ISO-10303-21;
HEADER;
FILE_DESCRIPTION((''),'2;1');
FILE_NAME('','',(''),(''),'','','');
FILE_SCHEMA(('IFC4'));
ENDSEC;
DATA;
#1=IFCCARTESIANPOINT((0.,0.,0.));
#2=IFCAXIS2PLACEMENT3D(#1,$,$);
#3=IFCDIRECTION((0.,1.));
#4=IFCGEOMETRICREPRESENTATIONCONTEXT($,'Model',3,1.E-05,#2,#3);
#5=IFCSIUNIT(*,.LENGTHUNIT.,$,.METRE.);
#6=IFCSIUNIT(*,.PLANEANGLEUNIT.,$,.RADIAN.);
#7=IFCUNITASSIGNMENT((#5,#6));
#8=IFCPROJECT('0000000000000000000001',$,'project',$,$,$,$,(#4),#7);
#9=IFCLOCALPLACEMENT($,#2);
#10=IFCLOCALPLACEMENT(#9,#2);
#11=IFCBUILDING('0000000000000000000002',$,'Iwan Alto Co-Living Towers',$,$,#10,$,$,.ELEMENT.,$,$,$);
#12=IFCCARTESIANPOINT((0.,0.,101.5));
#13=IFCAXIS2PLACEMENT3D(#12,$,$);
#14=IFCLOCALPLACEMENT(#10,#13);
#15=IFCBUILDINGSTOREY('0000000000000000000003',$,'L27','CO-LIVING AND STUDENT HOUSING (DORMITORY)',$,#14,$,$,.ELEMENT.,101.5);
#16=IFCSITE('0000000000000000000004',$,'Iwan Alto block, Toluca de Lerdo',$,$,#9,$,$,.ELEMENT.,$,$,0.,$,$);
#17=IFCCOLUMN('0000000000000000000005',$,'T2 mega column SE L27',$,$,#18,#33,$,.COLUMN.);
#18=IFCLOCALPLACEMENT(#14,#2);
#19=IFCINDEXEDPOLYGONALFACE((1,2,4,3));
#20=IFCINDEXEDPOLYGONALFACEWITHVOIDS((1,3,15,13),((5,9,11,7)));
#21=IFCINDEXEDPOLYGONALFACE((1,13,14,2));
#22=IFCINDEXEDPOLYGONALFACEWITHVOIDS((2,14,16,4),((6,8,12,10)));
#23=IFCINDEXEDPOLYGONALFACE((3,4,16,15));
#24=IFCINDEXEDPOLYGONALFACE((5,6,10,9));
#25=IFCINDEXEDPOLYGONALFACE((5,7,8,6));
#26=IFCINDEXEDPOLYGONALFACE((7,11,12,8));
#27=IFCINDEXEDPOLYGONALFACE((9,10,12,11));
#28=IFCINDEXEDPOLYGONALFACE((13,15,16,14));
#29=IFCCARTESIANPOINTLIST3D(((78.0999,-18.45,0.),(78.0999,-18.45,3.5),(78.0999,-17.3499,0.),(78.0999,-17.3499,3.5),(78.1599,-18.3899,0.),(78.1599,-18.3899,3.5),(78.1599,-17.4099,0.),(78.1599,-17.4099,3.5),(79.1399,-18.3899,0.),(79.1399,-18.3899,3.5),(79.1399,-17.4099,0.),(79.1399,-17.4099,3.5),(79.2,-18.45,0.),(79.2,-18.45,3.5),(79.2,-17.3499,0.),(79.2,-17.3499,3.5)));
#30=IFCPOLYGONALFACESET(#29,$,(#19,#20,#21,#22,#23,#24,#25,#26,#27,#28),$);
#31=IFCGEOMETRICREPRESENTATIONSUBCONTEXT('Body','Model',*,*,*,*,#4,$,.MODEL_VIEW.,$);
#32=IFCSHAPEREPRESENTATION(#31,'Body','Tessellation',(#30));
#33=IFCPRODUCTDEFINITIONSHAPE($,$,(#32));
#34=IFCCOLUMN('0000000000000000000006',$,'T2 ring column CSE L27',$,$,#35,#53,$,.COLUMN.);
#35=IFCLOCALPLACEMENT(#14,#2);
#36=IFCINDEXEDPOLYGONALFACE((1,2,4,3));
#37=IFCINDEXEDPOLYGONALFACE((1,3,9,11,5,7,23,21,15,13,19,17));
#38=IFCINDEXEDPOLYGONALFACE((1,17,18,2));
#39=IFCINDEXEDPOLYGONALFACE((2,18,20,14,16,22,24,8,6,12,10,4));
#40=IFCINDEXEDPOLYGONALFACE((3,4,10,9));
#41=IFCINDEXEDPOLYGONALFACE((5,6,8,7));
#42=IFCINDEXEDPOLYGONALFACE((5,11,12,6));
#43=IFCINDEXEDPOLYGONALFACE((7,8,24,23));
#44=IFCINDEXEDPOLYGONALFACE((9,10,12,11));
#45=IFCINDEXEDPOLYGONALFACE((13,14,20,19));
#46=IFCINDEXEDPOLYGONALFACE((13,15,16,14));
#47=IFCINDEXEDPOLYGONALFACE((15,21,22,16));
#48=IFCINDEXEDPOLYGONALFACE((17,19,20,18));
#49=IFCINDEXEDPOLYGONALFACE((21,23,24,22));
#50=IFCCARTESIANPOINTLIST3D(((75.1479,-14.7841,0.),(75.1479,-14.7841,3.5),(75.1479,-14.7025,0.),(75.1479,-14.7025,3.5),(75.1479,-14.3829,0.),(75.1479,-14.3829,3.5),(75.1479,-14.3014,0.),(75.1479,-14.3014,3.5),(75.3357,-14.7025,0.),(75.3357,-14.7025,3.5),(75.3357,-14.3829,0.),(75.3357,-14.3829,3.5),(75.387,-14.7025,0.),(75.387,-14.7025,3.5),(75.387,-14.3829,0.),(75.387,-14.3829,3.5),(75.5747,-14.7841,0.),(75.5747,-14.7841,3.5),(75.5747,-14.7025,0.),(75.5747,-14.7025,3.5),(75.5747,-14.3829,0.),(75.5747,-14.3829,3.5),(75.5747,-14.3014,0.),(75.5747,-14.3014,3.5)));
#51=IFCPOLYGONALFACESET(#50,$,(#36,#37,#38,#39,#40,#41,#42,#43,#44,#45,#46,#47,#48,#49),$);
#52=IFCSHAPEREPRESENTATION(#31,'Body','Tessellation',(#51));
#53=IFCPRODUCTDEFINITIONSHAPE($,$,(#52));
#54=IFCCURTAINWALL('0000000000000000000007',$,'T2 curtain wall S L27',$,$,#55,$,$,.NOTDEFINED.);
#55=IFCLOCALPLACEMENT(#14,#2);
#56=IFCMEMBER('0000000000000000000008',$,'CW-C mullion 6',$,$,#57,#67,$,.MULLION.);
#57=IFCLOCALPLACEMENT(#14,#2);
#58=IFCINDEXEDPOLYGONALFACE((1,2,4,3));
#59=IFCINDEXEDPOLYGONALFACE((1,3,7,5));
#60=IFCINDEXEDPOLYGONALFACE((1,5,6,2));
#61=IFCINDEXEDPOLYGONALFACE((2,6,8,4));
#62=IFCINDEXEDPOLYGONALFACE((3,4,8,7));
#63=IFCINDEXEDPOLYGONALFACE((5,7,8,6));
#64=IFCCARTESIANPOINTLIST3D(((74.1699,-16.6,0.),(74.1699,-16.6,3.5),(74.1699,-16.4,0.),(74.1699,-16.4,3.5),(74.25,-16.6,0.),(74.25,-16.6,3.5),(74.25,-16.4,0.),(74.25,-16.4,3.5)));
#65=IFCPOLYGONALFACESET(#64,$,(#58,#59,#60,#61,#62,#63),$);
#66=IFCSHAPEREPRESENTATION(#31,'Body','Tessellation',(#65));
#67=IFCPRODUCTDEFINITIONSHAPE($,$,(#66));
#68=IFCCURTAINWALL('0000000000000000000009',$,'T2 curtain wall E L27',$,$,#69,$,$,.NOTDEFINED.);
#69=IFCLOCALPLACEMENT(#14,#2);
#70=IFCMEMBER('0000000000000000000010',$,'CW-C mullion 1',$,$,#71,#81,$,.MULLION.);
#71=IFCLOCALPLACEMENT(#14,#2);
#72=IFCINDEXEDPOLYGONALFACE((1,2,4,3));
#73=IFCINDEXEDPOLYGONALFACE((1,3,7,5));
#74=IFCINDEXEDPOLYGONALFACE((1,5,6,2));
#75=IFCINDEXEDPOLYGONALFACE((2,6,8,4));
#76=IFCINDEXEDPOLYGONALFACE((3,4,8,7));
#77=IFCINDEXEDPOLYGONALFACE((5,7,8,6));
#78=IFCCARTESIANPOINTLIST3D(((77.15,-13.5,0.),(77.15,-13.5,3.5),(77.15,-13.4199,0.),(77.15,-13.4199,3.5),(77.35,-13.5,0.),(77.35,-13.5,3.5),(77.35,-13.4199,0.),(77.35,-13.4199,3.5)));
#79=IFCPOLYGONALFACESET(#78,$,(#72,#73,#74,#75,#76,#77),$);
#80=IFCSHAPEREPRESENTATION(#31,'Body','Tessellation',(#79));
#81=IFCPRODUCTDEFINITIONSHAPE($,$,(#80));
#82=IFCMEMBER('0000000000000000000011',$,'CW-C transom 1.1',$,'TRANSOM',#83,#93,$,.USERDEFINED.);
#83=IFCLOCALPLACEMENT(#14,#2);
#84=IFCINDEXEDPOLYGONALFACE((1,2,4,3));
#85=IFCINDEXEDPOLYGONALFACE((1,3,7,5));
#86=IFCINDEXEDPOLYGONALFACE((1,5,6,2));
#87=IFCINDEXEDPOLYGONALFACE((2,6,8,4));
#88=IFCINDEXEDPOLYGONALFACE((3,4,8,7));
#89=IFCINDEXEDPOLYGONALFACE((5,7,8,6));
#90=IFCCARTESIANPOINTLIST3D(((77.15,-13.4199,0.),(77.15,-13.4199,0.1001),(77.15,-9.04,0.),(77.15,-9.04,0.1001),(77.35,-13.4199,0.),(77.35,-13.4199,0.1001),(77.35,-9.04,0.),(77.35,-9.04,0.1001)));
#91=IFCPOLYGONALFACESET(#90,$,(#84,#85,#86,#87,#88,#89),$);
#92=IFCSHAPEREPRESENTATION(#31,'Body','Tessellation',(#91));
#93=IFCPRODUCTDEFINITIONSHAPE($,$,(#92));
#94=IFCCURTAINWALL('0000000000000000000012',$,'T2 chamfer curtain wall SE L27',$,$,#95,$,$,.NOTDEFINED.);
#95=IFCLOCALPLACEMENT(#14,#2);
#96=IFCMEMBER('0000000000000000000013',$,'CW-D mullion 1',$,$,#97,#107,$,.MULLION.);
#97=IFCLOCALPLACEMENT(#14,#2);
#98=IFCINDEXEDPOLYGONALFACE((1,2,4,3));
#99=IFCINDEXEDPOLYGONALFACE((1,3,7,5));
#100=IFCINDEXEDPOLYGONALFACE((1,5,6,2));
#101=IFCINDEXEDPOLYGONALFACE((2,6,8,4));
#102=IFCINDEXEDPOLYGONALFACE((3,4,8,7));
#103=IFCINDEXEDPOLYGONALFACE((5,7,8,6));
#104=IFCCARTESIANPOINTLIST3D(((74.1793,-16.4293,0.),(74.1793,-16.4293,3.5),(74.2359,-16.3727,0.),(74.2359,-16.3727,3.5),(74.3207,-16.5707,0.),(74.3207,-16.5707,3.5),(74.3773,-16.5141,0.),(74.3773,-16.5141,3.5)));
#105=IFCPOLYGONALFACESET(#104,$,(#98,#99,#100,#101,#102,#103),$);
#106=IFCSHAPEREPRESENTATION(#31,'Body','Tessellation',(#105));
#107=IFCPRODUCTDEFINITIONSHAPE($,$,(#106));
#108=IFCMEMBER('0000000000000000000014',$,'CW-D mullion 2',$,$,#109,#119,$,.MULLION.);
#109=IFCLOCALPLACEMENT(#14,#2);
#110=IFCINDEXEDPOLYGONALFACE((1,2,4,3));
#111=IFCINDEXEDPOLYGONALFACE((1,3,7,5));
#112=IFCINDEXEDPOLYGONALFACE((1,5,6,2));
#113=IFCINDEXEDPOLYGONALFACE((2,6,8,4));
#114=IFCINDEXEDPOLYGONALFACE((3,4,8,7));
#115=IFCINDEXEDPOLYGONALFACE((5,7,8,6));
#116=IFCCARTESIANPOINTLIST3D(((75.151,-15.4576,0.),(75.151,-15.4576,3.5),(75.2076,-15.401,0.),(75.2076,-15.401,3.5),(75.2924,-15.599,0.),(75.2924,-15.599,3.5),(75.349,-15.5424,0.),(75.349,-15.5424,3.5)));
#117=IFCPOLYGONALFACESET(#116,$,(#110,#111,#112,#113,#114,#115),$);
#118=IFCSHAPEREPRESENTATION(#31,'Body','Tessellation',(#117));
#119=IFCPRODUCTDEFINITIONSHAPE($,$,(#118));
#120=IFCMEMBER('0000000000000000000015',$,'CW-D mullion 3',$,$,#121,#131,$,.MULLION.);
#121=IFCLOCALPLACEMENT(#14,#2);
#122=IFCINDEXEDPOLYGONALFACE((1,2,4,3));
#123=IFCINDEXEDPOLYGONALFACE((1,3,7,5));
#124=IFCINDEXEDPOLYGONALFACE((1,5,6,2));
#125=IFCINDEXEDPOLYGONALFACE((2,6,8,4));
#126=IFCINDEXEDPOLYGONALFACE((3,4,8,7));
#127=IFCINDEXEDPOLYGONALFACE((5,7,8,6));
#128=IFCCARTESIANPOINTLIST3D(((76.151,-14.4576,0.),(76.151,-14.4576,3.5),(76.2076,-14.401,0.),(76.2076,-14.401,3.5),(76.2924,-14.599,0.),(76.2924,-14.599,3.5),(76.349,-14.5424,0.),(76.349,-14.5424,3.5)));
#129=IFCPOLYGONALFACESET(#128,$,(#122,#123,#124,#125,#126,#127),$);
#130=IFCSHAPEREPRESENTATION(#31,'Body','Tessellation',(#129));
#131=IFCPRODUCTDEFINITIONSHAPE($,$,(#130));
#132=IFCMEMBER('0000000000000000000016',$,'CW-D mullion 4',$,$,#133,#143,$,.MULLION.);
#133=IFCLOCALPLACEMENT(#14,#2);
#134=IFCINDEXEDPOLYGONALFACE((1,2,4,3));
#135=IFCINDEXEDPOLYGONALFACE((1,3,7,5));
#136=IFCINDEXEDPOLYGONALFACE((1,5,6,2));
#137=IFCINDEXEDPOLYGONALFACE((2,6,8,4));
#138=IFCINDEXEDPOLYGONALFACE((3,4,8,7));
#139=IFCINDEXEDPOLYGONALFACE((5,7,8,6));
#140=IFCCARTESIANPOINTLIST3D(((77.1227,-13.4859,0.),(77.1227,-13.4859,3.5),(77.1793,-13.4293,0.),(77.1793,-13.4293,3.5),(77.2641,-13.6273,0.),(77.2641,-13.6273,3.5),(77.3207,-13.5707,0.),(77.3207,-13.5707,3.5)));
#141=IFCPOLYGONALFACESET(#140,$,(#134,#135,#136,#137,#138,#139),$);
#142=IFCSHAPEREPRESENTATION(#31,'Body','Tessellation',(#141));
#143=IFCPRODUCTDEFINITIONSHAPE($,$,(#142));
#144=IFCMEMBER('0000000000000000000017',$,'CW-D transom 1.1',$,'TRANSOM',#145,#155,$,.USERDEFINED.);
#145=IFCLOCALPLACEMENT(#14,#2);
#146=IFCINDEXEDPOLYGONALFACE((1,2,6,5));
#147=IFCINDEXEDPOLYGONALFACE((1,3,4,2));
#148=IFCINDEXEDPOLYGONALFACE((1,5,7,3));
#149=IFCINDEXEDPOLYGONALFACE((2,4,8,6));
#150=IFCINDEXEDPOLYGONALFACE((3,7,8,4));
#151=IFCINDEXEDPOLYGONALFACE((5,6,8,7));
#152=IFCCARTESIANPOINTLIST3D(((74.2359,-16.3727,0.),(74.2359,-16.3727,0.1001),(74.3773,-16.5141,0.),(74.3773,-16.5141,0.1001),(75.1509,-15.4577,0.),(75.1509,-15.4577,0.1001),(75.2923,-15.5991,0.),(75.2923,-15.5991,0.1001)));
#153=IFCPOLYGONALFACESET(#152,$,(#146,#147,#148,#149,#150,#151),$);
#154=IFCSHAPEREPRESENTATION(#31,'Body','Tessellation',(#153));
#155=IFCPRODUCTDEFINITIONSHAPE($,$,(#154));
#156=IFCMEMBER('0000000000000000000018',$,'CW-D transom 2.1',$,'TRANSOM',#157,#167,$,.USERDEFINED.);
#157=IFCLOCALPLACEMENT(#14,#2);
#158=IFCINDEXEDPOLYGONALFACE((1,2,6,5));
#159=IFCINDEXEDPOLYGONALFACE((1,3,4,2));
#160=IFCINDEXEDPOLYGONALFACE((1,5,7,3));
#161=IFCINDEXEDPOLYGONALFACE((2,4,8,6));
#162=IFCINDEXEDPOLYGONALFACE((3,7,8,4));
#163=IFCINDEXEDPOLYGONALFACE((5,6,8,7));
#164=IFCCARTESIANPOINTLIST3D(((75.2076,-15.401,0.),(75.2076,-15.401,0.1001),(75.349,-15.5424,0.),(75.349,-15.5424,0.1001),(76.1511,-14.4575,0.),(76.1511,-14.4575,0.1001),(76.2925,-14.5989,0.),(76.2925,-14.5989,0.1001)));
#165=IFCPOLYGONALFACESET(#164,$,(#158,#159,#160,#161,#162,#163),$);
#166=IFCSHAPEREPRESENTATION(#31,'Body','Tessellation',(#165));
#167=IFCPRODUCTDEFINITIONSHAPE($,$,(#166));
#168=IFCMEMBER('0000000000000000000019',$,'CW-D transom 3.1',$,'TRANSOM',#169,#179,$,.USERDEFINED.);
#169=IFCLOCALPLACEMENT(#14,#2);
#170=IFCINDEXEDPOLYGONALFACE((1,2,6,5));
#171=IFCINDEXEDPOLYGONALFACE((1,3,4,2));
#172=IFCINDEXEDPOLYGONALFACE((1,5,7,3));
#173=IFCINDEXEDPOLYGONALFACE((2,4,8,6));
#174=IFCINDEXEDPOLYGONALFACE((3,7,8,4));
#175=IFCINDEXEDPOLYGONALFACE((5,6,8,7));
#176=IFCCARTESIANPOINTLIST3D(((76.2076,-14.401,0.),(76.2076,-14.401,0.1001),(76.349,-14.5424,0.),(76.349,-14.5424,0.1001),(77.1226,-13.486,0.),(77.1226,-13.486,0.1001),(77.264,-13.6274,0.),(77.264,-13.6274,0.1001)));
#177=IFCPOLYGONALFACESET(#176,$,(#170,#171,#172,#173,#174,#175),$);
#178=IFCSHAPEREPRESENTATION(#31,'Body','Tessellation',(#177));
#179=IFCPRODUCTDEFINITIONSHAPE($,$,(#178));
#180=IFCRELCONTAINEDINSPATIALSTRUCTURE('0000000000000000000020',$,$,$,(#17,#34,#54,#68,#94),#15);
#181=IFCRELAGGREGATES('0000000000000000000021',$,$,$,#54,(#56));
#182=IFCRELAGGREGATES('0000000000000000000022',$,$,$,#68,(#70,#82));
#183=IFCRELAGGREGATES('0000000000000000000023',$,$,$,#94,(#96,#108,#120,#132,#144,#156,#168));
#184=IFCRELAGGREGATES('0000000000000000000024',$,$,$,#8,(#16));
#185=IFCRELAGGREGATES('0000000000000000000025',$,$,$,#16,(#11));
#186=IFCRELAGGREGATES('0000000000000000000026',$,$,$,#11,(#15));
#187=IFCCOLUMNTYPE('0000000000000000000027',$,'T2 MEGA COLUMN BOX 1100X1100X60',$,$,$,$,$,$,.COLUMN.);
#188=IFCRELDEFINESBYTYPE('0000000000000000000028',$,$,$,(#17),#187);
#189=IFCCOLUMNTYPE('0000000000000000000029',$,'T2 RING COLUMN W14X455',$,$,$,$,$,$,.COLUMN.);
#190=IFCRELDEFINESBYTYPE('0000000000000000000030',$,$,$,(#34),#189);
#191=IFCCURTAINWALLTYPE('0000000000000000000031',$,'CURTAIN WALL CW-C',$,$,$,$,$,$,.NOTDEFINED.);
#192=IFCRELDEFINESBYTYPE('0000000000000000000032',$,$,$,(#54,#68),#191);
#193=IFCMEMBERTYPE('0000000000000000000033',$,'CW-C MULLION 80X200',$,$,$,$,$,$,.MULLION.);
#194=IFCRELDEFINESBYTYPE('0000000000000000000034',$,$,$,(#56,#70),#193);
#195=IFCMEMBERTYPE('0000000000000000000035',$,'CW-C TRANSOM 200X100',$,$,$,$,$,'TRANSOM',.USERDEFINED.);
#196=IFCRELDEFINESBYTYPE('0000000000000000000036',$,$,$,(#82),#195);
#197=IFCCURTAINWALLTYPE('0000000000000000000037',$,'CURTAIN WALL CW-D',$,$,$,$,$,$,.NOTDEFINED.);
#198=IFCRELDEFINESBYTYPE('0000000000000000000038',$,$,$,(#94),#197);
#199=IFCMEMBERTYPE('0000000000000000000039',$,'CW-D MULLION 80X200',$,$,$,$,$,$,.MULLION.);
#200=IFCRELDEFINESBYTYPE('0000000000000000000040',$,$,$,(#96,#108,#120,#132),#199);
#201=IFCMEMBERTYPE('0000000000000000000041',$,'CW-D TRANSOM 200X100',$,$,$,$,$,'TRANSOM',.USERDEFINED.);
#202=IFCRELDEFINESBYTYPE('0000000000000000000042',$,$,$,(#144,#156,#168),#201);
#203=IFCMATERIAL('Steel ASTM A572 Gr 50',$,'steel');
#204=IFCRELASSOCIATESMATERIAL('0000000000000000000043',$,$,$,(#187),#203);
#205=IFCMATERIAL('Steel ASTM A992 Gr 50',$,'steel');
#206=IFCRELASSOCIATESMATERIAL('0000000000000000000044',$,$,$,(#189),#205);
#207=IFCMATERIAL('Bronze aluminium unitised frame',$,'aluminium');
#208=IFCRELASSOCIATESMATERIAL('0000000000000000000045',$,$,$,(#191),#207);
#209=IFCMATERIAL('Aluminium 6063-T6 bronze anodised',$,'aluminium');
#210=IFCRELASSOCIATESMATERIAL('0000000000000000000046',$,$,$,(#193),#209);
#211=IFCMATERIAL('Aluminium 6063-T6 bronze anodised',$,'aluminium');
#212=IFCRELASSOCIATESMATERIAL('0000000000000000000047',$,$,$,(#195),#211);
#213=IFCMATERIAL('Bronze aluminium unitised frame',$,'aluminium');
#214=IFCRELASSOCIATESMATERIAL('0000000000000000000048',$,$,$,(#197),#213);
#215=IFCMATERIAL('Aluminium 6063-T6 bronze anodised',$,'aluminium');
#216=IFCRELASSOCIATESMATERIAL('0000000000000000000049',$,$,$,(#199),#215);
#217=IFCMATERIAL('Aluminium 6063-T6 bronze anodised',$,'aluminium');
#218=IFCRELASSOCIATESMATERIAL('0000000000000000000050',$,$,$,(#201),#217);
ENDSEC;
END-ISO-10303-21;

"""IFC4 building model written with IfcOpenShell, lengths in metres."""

from ifc_helpers import new_model, si_unit, direction, frame, origin, origin_2d, place, context, subcontext, project, spatial, rectangle, hollow_rectangle, i_section, extrude, material, material_profile, profile_set, type_object, element, aggregate, save


model = new_model("IFC4")

# Units and contexts
model_context = context("Model", 3, precision=1e-05, world=origin(), true_north=direction((0.0, 1.0)))
body_context = subcontext(model_context, "Body", "Model", "MODEL_VIEW")
ifc_project = project(units=[si_unit("LENGTHUNIT", "METRE"), si_unit("PLANEANGLEUNIT", "RADIAN")], contexts=[model_context])

# Site, building, storey
site_placement = place(None, origin())
site = spatial("IfcSite", under=ifc_project, at=site_placement, Name="Iwan Alto block, Toluca de Lerdo", CompositionType="ELEMENT", RefElevation=0.0)
building_placement = place(site_placement, origin())
building = spatial("IfcBuilding", under=site, at=building_placement, Name="Iwan Alto Co-Living Towers", CompositionType="ELEMENT")
storey_placement = place(building_placement, frame((0.0, 0.0, 101.5)))
storey = spatial("IfcBuildingStorey", under=building, at=storey_placement, Name="L27", Description="CO-LIVING AND STUDENT HOUSING (DORMITORY)", CompositionType="ELEMENT", Elevation=101.5)

# Columns
ifc_material_1 = material(Name="Steel ASTM A572 Gr 50", Category="steel")
ifc_material_profile_1 = material_profile(ifc_material_1, hollow_rectangle(XDim=1.1001, YDim=1.1001, WallThickness=0.0601, at=origin_2d()), Name="BOX 1100X1100X60")
ifc_profile_set_1 = profile_set([ifc_material_profile_1], Name="Steel ASTM A572 Gr 50")
column_type_1 = type_object("IfcColumnType", Name="T2 MEGA COLUMN BOX 1100X1100X60", PredefinedType="COLUMN", material=ifc_profile_set_1)
column_1_placement = place(storey_placement, frame((78.6499, -17.8999, 0.0), z_axis=(0.0, 0.0, 1.0), x_axis=(1.0, 0.0, 0.0)))
element("IfcColumn", 1, at=column_1_placement, inside=storey, type_object=column_type_1, Name="T2 mega column SE L27", PredefinedType="COLUMN", context=body_context, shape_type="SweptSolid", body=[
    extrude(hollow_rectangle(XDim=1.1001, YDim=1.1001, WallThickness=0.0601, at=origin_2d()), origin(), (0.0, 0.0, 1.0), 3.5),
])
ifc_material_2 = material(Name="Steel ASTM A992 Gr 50", Category="steel")
ifc_material_profile_2 = material_profile(ifc_material_2, i_section(OverallWidth=0.4268, OverallDepth=0.4827, WebThickness=0.0513, FlangeThickness=0.0815, at=origin_2d()), Name="W14X455")
ifc_profile_set_2 = profile_set([ifc_material_profile_2], Name="Steel ASTM A992 Gr 50")
column_type_2 = type_object("IfcColumnType", Name="T2 RING COLUMN W14X455", PredefinedType="COLUMN", material=ifc_profile_set_2)
column_2_placement = place(storey_placement, frame((75.3613, -14.5427, 0.0), z_axis=(0.0, 0.0, 1.0), x_axis=(1.0, 0.0, 0.0)))
element("IfcColumn", 2, at=column_2_placement, inside=storey, type_object=column_type_2, Name="T2 ring column CSE L27", PredefinedType="COLUMN", context=body_context, shape_type="SweptSolid", body=[
    extrude(i_section(OverallWidth=0.4268, OverallDepth=0.4827, WebThickness=0.0513, FlangeThickness=0.0815, at=origin_2d()), origin(), (0.0, 0.0, 1.0), 3.5),
])

# Curtain wall, member
ifc_material_3 = material(Name="Bronze aluminium unitised frame", Category="aluminium")
curtain_wall_type_1 = type_object("IfcCurtainWallType", Name="CURTAIN WALL CW-C", PredefinedType="NOTDEFINED", material=ifc_material_3)
curtain_wall_1_placement = place(storey_placement, origin())
curtain_wall_1 = element("IfcCurtainWall", 3, at=curtain_wall_1_placement, inside=storey, type_object=curtain_wall_type_1, Name="T2 curtain wall S L27", PredefinedType="NOTDEFINED")
ifc_material_4 = material(Name="Aluminium 6063-T6 bronze anodised", Category="aluminium")
ifc_material_profile_3 = material_profile(ifc_material_4, rectangle(XDim=0.2, YDim=0.0801, at=origin_2d()), Name="AL 80X200")
ifc_profile_set_3 = profile_set([ifc_material_profile_3], Name="Aluminium 6063-T6 bronze anodised")
member_type_1 = type_object("IfcMemberType", Name="CW-C MULLION 80X200", PredefinedType="MULLION", material=ifc_profile_set_3)
member_1_placement = place(storey_placement, frame((74.21, -16.5, 0.0), z_axis=(0.0, 0.0, 1.0), x_axis=(0.0, 1.0, 0.0)))
member_1 = element("IfcMember", 4, at=member_1_placement, type_object=member_type_1, Name="CW-C mullion 6", PredefinedType="MULLION", context=body_context, shape_type="SweptSolid", body=[
    extrude(rectangle(XDim=0.2, YDim=0.0801, at=origin_2d()), origin(), (0.0, 0.0, 1.0), 3.5),
])
aggregate(curtain_wall_1, [member_1])

# Curtain walls, members
curtain_wall_2_placement = place(storey_placement, origin())
curtain_wall_2 = element("IfcCurtainWall", 5, at=curtain_wall_2_placement, inside=storey, type_object=curtain_wall_type_1, Name="T2 curtain wall E L27", PredefinedType="NOTDEFINED")
member_2_placement = place(storey_placement, frame((77.25, -13.46, 0.0), z_axis=(0.0, 0.0, 1.0), x_axis=(-1.0, 0.0, 0.0)))
member_2 = element("IfcMember", 6, at=member_2_placement, type_object=member_type_1, Name="CW-C mullion 1", PredefinedType="MULLION", context=body_context, shape_type="SweptSolid", body=[
    extrude(rectangle(XDim=0.2, YDim=0.0801, at=origin_2d()), origin(), (0.0, 0.0, 1.0), 3.5),
])
ifc_material_5 = material(Name="Aluminium 6063-T6 bronze anodised", Category="aluminium")
ifc_material_profile_4 = material_profile(ifc_material_5, rectangle(XDim=0.2, YDim=0.1001, at=origin_2d()), Name="AL 200X100")
ifc_profile_set_4 = profile_set([ifc_material_profile_4], Name="Aluminium 6063-T6 bronze anodised")
member_type_2 = type_object("IfcMemberType", Name="CW-C TRANSOM 200X100", ElementType="TRANSOM", PredefinedType="USERDEFINED", material=ifc_profile_set_4)
member_3_placement = place(storey_placement, frame((77.25, -13.4199, 0.05), z_axis=(0.0, 1.0, 0.0), x_axis=(-1.0, 0.0, 0.0)))
member_3 = element("IfcMember", 7, at=member_3_placement, type_object=member_type_2, Name="CW-C transom 1.1", ObjectType="TRANSOM", PredefinedType="USERDEFINED", context=body_context, shape_type="SweptSolid", body=[
    extrude(rectangle(XDim=0.2, YDim=0.1001, at=origin_2d()), origin(), (0.0, 0.0, 1.0), 4.3799),
])
ifc_material_6 = material(Name="Bronze aluminium unitised frame", Category="aluminium")
curtain_wall_type_2 = type_object("IfcCurtainWallType", Name="CURTAIN WALL CW-D", PredefinedType="NOTDEFINED", material=ifc_material_6)
curtain_wall_3_placement = place(storey_placement, origin())
curtain_wall_3 = element("IfcCurtainWall", 8, at=curtain_wall_3_placement, inside=storey, type_object=curtain_wall_type_2, Name="T2 chamfer curtain wall SE L27", PredefinedType="NOTDEFINED")
ifc_material_7 = material(Name="Aluminium 6063-T6 bronze anodised", Category="aluminium")
ifc_material_profile_5 = material_profile(ifc_material_7, rectangle(XDim=0.2, YDim=0.0801, at=origin_2d()), Name="AL 80X200")
ifc_profile_set_5 = profile_set([ifc_material_profile_5], Name="Aluminium 6063-T6 bronze anodised")
member_type_3 = type_object("IfcMemberType", Name="CW-D MULLION 80X200", PredefinedType="MULLION", material=ifc_profile_set_5)
member_4_placement = place(storey_placement, frame((74.2783, -16.4717, 0.0), z_axis=(0.0, 0.0, 1.0), x_axis=(-0.707107, 0.707107, 0.0)))
member_4 = element("IfcMember", 9, at=member_4_placement, type_object=member_type_3, Name="CW-D mullion 1", PredefinedType="MULLION", context=body_context, shape_type="SweptSolid", body=[
    extrude(rectangle(XDim=0.2, YDim=0.0801, at=origin_2d()), origin(), (0.0, 0.0, 1.0), 3.5),
])
member_5_placement = place(storey_placement, frame((75.25, -15.5, 0.0), z_axis=(0.0, 0.0, 1.0), x_axis=(-0.707107, 0.707107, 0.0)))
member_5 = element("IfcMember", 10, at=member_5_placement, type_object=member_type_3, Name="CW-D mullion 2", PredefinedType="MULLION", context=body_context, shape_type="SweptSolid", body=[
    extrude(rectangle(XDim=0.2, YDim=0.0801, at=origin_2d()), origin(), (0.0, 0.0, 1.0), 3.5),
])
member_6_placement = place(storey_placement, frame((76.25, -14.5, 0.0), z_axis=(0.0, 0.0, 1.0), x_axis=(-0.707107, 0.707107, 0.0)))
member_6 = element("IfcMember", 11, at=member_6_placement, type_object=member_type_3, Name="CW-D mullion 3", PredefinedType="MULLION", context=body_context, shape_type="SweptSolid", body=[
    extrude(rectangle(XDim=0.2, YDim=0.0801, at=origin_2d()), origin(), (0.0, 0.0, 1.0), 3.5),
])
member_7_placement = place(storey_placement, frame((77.2217, -13.5283, 0.0), z_axis=(0.0, 0.0, 1.0), x_axis=(-0.707107, 0.707107, 0.0)))
member_7 = element("IfcMember", 12, at=member_7_placement, type_object=member_type_3, Name="CW-D mullion 4", PredefinedType="MULLION", context=body_context, shape_type="SweptSolid", body=[
    extrude(rectangle(XDim=0.2, YDim=0.0801, at=origin_2d()), origin(), (0.0, 0.0, 1.0), 3.5),
])
ifc_material_8 = material(Name="Aluminium 6063-T6 bronze anodised", Category="aluminium")
ifc_material_profile_6 = material_profile(ifc_material_8, rectangle(XDim=0.2, YDim=0.1001, at=origin_2d()), Name="AL 200X100")
ifc_profile_set_6 = profile_set([ifc_material_profile_6], Name="Aluminium 6063-T6 bronze anodised")
member_type_4 = type_object("IfcMemberType", Name="CW-D TRANSOM 200X100", ElementType="TRANSOM", PredefinedType="USERDEFINED", material=ifc_profile_set_6)
member_8_placement = place(storey_placement, frame((74.3066, -16.4434, 0.05), z_axis=(0.707107, 0.707107, 0.0), x_axis=(-0.707107, 0.707107, 0.0)))
member_8 = element("IfcMember", 13, at=member_8_placement, type_object=member_type_4, Name="CW-D transom 1.1", ObjectType="TRANSOM", PredefinedType="USERDEFINED", context=body_context, shape_type="SweptSolid", body=[
    extrude(rectangle(XDim=0.2, YDim=0.1001, at=origin_2d()), origin(), (0.0, 0.0, 1.0), 1.2939),
])
member_9_placement = place(storey_placement, frame((75.2783, -15.4717, 0.05), z_axis=(0.707107, 0.707107, 0.0), x_axis=(-0.707107, 0.707107, 0.0)))
member_9 = element("IfcMember", 14, at=member_9_placement, type_object=member_type_4, Name="CW-D transom 2.1", ObjectType="TRANSOM", PredefinedType="USERDEFINED", context=body_context, shape_type="SweptSolid", body=[
    extrude(rectangle(XDim=0.2, YDim=0.1001, at=origin_2d()), origin(), (0.0, 0.0, 1.0), 1.3342),
])
member_10_placement = place(storey_placement, frame((76.2783, -14.4717, 0.05), z_axis=(0.707107, 0.707107, 0.0), x_axis=(-0.707107, 0.707107, 0.0)))
member_10 = element("IfcMember", 15, at=member_10_placement, type_object=member_type_4, Name="CW-D transom 3.1", ObjectType="TRANSOM", PredefinedType="USERDEFINED", context=body_context, shape_type="SweptSolid", body=[
    extrude(rectangle(XDim=0.2, YDim=0.1001, at=origin_2d()), origin(), (0.0, 0.0, 1.0), 1.2939),
])

aggregate(curtain_wall_2, [member_2, member_3])
aggregate(curtain_wall_3, [member_4, member_5, member_6, member_7, member_8, member_9, member_10])

save(model, "model.ifc")
